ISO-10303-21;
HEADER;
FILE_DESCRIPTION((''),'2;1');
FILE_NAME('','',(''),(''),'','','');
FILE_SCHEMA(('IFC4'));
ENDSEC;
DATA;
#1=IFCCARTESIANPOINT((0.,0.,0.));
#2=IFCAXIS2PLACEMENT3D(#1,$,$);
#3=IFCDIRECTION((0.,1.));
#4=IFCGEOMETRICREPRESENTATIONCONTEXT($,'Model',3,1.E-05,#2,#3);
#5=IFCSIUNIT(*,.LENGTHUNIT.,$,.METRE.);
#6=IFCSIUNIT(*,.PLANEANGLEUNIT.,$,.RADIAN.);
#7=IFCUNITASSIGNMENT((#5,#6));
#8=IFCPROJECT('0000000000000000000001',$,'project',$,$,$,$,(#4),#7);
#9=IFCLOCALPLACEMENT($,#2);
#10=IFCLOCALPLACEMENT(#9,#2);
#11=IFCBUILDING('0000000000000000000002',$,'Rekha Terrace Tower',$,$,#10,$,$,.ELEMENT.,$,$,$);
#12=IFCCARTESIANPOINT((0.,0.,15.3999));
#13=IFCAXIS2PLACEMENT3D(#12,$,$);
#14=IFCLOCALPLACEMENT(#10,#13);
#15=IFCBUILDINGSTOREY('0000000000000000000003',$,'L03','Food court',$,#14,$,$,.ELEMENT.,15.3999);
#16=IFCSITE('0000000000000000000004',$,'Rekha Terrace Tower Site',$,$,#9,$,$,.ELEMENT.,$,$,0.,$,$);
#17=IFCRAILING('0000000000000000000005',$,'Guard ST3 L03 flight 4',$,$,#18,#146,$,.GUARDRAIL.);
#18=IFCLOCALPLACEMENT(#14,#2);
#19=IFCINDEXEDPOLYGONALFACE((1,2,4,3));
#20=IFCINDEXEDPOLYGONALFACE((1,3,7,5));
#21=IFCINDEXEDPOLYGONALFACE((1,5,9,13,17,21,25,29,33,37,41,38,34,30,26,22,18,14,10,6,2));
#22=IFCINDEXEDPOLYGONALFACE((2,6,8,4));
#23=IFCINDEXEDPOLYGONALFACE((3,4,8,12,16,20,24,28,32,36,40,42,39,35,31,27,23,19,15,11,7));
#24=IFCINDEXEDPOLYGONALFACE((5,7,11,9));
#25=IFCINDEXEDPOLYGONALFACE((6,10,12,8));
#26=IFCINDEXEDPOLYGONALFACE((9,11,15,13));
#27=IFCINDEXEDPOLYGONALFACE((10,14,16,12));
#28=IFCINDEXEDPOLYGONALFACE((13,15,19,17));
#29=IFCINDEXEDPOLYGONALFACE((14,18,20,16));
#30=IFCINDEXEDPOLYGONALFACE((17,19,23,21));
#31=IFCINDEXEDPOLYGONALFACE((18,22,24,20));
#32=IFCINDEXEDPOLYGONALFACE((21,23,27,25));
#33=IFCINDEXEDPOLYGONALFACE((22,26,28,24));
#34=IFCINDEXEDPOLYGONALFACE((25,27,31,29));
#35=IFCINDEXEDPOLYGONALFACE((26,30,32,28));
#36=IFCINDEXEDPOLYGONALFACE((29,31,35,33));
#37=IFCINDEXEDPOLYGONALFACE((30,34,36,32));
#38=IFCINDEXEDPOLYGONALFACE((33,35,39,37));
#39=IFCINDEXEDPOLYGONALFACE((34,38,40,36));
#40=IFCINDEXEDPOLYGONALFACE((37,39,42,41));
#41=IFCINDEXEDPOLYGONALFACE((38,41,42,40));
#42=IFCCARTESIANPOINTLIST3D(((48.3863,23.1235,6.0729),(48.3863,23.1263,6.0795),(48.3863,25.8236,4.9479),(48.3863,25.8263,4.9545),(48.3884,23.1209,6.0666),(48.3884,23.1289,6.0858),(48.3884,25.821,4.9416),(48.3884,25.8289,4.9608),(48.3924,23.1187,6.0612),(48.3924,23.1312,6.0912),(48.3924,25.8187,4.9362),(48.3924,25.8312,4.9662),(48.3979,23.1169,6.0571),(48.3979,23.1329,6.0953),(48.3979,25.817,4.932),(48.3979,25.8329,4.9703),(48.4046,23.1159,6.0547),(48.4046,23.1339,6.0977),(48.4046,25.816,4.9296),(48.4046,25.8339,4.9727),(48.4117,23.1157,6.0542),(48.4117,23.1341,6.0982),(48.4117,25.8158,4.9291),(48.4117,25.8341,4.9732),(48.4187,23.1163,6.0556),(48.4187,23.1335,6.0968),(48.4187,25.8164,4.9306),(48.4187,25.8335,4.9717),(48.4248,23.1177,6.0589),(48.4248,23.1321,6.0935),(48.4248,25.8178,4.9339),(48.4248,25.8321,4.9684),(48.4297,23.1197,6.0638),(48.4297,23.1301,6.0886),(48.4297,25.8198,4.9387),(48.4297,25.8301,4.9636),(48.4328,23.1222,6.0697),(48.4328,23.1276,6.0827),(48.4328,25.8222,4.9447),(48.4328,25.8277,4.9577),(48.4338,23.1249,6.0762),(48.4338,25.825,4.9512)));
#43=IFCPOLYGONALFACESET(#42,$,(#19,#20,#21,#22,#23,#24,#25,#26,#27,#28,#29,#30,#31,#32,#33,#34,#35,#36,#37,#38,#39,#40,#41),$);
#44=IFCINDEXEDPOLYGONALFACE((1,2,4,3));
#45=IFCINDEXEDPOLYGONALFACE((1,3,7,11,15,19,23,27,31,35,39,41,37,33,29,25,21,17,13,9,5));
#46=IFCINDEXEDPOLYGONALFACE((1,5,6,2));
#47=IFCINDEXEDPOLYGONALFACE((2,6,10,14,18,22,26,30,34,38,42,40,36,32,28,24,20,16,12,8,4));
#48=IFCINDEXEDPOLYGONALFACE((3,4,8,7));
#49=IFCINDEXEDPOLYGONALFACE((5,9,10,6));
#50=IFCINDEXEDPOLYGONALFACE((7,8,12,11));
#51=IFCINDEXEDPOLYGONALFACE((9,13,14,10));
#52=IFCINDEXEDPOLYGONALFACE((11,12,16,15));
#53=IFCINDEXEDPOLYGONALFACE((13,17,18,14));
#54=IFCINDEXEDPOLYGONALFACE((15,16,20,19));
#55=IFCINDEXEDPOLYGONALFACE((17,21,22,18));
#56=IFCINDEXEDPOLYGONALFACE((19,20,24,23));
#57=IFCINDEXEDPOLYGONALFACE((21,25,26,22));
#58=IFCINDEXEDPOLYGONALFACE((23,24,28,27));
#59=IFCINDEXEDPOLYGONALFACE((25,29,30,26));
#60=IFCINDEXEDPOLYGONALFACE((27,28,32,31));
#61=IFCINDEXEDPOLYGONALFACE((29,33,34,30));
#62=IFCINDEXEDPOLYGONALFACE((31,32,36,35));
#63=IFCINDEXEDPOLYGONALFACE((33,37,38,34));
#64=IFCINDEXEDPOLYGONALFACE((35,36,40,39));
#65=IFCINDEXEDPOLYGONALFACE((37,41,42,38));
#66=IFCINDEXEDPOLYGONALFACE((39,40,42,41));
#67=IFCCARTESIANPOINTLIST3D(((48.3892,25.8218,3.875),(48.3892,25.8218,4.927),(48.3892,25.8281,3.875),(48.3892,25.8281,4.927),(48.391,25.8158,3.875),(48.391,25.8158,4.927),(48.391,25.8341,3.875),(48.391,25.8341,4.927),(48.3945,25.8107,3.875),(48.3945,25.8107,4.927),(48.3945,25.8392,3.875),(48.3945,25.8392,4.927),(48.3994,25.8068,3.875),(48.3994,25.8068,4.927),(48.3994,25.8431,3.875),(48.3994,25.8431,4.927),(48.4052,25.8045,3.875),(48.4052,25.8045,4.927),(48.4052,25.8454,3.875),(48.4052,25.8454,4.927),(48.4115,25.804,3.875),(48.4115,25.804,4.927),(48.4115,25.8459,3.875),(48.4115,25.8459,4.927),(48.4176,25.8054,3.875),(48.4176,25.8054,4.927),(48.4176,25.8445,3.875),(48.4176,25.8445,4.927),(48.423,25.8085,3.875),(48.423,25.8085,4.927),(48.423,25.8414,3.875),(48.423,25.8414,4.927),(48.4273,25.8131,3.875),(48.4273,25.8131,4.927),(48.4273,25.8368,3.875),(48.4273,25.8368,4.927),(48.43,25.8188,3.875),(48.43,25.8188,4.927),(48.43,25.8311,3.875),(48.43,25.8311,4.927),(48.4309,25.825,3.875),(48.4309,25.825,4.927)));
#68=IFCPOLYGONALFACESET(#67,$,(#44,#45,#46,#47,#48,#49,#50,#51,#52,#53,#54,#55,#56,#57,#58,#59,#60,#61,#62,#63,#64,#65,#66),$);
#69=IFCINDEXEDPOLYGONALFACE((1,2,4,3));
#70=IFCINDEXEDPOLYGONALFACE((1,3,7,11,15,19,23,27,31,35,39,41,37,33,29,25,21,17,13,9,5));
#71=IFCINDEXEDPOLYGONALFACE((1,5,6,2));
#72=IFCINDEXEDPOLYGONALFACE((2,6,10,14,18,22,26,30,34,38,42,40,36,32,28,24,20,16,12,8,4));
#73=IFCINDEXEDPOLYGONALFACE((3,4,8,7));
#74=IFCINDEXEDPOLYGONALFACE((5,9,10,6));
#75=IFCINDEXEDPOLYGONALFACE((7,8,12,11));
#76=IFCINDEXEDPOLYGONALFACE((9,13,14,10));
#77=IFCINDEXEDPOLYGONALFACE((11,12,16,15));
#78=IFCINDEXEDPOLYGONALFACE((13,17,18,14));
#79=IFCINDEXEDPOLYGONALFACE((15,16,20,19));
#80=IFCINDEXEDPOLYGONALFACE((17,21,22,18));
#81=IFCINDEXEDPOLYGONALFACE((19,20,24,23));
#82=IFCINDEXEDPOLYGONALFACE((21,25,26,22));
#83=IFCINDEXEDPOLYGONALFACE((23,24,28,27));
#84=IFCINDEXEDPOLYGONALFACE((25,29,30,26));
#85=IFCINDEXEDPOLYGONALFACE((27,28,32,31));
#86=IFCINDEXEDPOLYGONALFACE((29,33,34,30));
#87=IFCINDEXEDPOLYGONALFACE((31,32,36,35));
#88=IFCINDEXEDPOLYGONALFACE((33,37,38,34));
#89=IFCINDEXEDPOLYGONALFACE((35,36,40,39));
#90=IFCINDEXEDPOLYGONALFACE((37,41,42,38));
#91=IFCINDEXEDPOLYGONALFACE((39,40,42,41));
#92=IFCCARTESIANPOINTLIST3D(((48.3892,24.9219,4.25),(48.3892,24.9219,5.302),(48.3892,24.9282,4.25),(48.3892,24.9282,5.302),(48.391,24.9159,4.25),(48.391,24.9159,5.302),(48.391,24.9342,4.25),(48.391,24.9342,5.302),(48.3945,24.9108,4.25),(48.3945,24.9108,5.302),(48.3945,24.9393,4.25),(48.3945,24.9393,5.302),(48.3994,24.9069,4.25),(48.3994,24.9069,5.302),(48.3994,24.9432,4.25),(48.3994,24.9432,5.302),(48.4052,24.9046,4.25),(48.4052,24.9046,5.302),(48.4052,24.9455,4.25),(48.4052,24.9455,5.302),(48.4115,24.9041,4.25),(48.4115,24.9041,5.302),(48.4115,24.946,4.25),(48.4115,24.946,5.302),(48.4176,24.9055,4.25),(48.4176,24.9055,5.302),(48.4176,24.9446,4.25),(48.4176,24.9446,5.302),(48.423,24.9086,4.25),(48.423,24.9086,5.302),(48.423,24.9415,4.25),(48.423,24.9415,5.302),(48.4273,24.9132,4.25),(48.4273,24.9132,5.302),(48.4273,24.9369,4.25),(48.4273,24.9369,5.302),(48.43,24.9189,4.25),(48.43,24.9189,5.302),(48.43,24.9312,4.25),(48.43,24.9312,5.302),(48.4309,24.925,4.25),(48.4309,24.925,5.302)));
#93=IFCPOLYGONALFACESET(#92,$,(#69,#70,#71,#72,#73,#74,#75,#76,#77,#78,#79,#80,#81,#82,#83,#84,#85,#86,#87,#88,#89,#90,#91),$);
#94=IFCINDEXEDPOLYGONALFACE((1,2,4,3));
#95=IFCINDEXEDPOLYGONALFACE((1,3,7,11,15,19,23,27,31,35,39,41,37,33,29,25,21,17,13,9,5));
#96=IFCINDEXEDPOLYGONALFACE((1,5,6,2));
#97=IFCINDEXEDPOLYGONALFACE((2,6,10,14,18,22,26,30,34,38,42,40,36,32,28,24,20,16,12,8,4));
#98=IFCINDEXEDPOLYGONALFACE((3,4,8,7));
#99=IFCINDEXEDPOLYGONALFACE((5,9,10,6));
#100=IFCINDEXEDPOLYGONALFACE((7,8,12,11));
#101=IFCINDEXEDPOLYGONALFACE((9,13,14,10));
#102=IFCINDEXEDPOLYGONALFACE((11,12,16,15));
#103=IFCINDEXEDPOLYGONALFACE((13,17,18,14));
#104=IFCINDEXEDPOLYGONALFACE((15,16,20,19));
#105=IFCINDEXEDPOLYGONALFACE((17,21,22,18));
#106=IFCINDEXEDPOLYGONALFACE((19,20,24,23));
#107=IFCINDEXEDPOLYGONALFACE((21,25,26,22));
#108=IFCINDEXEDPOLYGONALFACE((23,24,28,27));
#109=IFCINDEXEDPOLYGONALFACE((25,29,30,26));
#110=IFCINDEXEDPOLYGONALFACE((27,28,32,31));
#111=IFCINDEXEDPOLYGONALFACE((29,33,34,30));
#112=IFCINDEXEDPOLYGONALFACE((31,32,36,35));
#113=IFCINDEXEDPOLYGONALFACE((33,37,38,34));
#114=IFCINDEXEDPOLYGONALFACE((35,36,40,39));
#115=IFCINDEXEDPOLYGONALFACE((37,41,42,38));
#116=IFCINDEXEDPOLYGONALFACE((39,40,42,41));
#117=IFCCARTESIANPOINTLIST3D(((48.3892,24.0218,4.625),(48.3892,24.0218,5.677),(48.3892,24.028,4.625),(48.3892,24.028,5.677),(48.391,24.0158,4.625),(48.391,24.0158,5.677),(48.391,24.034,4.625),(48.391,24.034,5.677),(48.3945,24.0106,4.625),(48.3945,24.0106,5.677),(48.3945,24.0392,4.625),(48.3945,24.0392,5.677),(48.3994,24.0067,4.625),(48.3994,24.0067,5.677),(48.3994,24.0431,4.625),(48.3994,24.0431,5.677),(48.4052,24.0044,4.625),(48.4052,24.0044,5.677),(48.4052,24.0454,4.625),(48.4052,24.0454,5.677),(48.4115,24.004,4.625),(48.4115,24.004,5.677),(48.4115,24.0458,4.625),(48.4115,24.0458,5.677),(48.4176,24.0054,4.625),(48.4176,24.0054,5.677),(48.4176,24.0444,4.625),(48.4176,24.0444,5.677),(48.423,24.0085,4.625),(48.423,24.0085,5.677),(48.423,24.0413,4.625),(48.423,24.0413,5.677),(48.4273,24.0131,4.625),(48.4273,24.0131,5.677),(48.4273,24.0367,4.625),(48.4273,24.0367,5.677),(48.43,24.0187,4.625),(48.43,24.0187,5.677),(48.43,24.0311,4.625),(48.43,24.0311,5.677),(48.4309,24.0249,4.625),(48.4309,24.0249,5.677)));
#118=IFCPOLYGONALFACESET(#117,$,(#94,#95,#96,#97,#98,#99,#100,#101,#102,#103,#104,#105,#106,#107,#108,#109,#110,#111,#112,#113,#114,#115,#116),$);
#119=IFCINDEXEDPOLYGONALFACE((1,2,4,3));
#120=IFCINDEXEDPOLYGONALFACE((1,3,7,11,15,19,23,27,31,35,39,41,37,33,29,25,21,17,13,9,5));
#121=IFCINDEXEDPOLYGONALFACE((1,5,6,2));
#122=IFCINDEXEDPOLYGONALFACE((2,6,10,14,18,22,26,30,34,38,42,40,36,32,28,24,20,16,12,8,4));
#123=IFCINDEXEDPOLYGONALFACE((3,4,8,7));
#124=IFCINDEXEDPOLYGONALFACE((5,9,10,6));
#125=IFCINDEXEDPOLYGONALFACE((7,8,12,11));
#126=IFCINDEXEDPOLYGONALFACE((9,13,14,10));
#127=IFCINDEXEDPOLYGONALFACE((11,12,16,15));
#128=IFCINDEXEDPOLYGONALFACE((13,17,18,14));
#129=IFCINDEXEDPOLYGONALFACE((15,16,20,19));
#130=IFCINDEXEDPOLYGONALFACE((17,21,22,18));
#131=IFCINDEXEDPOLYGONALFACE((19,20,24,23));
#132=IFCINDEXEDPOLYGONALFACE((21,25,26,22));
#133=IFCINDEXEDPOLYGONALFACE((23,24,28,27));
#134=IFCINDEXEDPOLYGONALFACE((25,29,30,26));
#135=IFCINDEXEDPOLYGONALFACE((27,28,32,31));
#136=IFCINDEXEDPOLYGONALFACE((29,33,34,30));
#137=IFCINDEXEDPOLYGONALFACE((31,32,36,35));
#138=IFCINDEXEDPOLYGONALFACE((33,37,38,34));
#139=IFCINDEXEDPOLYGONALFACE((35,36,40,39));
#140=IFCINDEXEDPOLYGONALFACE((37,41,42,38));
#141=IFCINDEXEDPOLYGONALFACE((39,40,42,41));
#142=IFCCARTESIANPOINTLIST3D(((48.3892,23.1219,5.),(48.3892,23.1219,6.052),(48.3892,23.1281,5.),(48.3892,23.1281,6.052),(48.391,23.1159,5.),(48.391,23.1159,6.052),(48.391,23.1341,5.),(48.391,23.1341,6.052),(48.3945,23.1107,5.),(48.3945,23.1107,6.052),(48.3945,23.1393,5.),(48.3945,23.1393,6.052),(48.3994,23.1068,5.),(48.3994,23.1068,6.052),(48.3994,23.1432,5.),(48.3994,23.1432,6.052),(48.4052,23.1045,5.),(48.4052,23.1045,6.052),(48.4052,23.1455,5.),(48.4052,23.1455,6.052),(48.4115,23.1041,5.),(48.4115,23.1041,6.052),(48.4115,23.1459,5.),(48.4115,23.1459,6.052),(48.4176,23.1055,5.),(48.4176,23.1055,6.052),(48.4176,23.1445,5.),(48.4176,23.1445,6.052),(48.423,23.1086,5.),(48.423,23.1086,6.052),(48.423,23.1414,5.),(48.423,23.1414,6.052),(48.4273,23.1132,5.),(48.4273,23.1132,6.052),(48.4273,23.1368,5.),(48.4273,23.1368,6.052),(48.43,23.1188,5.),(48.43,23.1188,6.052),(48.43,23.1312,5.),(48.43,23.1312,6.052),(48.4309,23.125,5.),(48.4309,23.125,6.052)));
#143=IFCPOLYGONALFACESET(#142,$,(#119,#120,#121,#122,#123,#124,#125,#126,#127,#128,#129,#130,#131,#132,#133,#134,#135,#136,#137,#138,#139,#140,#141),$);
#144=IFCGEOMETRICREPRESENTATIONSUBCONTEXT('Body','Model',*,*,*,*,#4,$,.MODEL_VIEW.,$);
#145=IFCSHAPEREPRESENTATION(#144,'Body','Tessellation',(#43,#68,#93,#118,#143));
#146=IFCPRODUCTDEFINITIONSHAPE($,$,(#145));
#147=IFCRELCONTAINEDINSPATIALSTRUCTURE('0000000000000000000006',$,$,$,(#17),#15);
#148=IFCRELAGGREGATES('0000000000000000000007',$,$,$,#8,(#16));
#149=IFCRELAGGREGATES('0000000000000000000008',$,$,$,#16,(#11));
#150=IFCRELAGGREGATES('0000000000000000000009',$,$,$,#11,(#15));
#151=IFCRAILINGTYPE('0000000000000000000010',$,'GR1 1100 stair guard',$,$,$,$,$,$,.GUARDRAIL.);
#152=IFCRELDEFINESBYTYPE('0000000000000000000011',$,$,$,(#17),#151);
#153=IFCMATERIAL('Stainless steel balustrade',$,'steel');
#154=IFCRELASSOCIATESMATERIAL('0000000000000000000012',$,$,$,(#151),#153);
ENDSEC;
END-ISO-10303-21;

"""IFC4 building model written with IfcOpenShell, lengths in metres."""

from ifc_helpers import new_model, si_unit, direction, frame, origin, origin_2d, place, context, subcontext, project, spatial, circle, extrude, material, type_object, element, save


model = new_model("IFC4")

# Units and contexts
model_context = context("Model", 3, precision=1e-05, world=origin(), true_north=direction((0.0, 1.0)))
body_context = subcontext(model_context, "Body", "Model", "MODEL_VIEW")
ifc_project = project(units=[si_unit("LENGTHUNIT", "METRE"), si_unit("PLANEANGLEUNIT", "RADIAN")], contexts=[model_context])

# Site, building, storey
site_placement = place(None, origin())
site = spatial("IfcSite", under=ifc_project, at=site_placement, Name="Rekha Terrace Tower Site", CompositionType="ELEMENT", RefElevation=0.0)
building_placement = place(site_placement, origin())
building = spatial("IfcBuilding", under=site, at=building_placement, Name="Rekha Terrace Tower", CompositionType="ELEMENT")
storey_placement = place(building_placement, frame((0.0, 0.0, 15.3999)))
storey = spatial("IfcBuildingStorey", under=building, at=storey_placement, Name="L03", Description="Food court", CompositionType="ELEMENT", Elevation=15.3999)

# Railing
ifc_material_1 = material(Name="Stainless steel balustrade", Category="steel")
railing_type_1 = type_object("IfcRailingType", Name="GR1 1100 stair guard", PredefinedType="GUARDRAIL", material=ifc_material_1)
railing_1_placement = place(storey_placement, frame((48.4099, 25.825, 3.875)))
element("IfcRailing", 1, at=railing_1_placement, inside=storey, type_object=railing_type_1, Name="Guard ST3 L03 flight 4", PredefinedType="GUARDRAIL", context=body_context, shape_type="SweptSolid", body=[
    extrude(circle(Radius=0.0239, at=origin_2d()), frame((0.0, 0.0, 1.0762), z_axis=(0.0, -0.923074, 0.384621), x_axis=(1.0, 0.0, 0.0)), (0.0, 0.0, 1.0), 2.925),
    extrude(circle(Radius=0.021, at=origin_2d()), origin(), (0.0, 0.0, 1.0), 1.052),
    extrude(circle(Radius=0.021, at=origin_2d()), frame((0.0, -0.8999, 0.375)), (0.0, 0.0, 1.0), 1.052),
    extrude(circle(Radius=0.021, at=origin_2d()), frame((0.0, -1.8, 0.75)), (0.0, 0.0, 1.0), 1.052),
    extrude(circle(Radius=0.021, at=origin_2d()), frame((0.0, -2.7, 1.125)), (0.0, 0.0, 1.0), 1.052),
])

save(model, "model.ifc")
